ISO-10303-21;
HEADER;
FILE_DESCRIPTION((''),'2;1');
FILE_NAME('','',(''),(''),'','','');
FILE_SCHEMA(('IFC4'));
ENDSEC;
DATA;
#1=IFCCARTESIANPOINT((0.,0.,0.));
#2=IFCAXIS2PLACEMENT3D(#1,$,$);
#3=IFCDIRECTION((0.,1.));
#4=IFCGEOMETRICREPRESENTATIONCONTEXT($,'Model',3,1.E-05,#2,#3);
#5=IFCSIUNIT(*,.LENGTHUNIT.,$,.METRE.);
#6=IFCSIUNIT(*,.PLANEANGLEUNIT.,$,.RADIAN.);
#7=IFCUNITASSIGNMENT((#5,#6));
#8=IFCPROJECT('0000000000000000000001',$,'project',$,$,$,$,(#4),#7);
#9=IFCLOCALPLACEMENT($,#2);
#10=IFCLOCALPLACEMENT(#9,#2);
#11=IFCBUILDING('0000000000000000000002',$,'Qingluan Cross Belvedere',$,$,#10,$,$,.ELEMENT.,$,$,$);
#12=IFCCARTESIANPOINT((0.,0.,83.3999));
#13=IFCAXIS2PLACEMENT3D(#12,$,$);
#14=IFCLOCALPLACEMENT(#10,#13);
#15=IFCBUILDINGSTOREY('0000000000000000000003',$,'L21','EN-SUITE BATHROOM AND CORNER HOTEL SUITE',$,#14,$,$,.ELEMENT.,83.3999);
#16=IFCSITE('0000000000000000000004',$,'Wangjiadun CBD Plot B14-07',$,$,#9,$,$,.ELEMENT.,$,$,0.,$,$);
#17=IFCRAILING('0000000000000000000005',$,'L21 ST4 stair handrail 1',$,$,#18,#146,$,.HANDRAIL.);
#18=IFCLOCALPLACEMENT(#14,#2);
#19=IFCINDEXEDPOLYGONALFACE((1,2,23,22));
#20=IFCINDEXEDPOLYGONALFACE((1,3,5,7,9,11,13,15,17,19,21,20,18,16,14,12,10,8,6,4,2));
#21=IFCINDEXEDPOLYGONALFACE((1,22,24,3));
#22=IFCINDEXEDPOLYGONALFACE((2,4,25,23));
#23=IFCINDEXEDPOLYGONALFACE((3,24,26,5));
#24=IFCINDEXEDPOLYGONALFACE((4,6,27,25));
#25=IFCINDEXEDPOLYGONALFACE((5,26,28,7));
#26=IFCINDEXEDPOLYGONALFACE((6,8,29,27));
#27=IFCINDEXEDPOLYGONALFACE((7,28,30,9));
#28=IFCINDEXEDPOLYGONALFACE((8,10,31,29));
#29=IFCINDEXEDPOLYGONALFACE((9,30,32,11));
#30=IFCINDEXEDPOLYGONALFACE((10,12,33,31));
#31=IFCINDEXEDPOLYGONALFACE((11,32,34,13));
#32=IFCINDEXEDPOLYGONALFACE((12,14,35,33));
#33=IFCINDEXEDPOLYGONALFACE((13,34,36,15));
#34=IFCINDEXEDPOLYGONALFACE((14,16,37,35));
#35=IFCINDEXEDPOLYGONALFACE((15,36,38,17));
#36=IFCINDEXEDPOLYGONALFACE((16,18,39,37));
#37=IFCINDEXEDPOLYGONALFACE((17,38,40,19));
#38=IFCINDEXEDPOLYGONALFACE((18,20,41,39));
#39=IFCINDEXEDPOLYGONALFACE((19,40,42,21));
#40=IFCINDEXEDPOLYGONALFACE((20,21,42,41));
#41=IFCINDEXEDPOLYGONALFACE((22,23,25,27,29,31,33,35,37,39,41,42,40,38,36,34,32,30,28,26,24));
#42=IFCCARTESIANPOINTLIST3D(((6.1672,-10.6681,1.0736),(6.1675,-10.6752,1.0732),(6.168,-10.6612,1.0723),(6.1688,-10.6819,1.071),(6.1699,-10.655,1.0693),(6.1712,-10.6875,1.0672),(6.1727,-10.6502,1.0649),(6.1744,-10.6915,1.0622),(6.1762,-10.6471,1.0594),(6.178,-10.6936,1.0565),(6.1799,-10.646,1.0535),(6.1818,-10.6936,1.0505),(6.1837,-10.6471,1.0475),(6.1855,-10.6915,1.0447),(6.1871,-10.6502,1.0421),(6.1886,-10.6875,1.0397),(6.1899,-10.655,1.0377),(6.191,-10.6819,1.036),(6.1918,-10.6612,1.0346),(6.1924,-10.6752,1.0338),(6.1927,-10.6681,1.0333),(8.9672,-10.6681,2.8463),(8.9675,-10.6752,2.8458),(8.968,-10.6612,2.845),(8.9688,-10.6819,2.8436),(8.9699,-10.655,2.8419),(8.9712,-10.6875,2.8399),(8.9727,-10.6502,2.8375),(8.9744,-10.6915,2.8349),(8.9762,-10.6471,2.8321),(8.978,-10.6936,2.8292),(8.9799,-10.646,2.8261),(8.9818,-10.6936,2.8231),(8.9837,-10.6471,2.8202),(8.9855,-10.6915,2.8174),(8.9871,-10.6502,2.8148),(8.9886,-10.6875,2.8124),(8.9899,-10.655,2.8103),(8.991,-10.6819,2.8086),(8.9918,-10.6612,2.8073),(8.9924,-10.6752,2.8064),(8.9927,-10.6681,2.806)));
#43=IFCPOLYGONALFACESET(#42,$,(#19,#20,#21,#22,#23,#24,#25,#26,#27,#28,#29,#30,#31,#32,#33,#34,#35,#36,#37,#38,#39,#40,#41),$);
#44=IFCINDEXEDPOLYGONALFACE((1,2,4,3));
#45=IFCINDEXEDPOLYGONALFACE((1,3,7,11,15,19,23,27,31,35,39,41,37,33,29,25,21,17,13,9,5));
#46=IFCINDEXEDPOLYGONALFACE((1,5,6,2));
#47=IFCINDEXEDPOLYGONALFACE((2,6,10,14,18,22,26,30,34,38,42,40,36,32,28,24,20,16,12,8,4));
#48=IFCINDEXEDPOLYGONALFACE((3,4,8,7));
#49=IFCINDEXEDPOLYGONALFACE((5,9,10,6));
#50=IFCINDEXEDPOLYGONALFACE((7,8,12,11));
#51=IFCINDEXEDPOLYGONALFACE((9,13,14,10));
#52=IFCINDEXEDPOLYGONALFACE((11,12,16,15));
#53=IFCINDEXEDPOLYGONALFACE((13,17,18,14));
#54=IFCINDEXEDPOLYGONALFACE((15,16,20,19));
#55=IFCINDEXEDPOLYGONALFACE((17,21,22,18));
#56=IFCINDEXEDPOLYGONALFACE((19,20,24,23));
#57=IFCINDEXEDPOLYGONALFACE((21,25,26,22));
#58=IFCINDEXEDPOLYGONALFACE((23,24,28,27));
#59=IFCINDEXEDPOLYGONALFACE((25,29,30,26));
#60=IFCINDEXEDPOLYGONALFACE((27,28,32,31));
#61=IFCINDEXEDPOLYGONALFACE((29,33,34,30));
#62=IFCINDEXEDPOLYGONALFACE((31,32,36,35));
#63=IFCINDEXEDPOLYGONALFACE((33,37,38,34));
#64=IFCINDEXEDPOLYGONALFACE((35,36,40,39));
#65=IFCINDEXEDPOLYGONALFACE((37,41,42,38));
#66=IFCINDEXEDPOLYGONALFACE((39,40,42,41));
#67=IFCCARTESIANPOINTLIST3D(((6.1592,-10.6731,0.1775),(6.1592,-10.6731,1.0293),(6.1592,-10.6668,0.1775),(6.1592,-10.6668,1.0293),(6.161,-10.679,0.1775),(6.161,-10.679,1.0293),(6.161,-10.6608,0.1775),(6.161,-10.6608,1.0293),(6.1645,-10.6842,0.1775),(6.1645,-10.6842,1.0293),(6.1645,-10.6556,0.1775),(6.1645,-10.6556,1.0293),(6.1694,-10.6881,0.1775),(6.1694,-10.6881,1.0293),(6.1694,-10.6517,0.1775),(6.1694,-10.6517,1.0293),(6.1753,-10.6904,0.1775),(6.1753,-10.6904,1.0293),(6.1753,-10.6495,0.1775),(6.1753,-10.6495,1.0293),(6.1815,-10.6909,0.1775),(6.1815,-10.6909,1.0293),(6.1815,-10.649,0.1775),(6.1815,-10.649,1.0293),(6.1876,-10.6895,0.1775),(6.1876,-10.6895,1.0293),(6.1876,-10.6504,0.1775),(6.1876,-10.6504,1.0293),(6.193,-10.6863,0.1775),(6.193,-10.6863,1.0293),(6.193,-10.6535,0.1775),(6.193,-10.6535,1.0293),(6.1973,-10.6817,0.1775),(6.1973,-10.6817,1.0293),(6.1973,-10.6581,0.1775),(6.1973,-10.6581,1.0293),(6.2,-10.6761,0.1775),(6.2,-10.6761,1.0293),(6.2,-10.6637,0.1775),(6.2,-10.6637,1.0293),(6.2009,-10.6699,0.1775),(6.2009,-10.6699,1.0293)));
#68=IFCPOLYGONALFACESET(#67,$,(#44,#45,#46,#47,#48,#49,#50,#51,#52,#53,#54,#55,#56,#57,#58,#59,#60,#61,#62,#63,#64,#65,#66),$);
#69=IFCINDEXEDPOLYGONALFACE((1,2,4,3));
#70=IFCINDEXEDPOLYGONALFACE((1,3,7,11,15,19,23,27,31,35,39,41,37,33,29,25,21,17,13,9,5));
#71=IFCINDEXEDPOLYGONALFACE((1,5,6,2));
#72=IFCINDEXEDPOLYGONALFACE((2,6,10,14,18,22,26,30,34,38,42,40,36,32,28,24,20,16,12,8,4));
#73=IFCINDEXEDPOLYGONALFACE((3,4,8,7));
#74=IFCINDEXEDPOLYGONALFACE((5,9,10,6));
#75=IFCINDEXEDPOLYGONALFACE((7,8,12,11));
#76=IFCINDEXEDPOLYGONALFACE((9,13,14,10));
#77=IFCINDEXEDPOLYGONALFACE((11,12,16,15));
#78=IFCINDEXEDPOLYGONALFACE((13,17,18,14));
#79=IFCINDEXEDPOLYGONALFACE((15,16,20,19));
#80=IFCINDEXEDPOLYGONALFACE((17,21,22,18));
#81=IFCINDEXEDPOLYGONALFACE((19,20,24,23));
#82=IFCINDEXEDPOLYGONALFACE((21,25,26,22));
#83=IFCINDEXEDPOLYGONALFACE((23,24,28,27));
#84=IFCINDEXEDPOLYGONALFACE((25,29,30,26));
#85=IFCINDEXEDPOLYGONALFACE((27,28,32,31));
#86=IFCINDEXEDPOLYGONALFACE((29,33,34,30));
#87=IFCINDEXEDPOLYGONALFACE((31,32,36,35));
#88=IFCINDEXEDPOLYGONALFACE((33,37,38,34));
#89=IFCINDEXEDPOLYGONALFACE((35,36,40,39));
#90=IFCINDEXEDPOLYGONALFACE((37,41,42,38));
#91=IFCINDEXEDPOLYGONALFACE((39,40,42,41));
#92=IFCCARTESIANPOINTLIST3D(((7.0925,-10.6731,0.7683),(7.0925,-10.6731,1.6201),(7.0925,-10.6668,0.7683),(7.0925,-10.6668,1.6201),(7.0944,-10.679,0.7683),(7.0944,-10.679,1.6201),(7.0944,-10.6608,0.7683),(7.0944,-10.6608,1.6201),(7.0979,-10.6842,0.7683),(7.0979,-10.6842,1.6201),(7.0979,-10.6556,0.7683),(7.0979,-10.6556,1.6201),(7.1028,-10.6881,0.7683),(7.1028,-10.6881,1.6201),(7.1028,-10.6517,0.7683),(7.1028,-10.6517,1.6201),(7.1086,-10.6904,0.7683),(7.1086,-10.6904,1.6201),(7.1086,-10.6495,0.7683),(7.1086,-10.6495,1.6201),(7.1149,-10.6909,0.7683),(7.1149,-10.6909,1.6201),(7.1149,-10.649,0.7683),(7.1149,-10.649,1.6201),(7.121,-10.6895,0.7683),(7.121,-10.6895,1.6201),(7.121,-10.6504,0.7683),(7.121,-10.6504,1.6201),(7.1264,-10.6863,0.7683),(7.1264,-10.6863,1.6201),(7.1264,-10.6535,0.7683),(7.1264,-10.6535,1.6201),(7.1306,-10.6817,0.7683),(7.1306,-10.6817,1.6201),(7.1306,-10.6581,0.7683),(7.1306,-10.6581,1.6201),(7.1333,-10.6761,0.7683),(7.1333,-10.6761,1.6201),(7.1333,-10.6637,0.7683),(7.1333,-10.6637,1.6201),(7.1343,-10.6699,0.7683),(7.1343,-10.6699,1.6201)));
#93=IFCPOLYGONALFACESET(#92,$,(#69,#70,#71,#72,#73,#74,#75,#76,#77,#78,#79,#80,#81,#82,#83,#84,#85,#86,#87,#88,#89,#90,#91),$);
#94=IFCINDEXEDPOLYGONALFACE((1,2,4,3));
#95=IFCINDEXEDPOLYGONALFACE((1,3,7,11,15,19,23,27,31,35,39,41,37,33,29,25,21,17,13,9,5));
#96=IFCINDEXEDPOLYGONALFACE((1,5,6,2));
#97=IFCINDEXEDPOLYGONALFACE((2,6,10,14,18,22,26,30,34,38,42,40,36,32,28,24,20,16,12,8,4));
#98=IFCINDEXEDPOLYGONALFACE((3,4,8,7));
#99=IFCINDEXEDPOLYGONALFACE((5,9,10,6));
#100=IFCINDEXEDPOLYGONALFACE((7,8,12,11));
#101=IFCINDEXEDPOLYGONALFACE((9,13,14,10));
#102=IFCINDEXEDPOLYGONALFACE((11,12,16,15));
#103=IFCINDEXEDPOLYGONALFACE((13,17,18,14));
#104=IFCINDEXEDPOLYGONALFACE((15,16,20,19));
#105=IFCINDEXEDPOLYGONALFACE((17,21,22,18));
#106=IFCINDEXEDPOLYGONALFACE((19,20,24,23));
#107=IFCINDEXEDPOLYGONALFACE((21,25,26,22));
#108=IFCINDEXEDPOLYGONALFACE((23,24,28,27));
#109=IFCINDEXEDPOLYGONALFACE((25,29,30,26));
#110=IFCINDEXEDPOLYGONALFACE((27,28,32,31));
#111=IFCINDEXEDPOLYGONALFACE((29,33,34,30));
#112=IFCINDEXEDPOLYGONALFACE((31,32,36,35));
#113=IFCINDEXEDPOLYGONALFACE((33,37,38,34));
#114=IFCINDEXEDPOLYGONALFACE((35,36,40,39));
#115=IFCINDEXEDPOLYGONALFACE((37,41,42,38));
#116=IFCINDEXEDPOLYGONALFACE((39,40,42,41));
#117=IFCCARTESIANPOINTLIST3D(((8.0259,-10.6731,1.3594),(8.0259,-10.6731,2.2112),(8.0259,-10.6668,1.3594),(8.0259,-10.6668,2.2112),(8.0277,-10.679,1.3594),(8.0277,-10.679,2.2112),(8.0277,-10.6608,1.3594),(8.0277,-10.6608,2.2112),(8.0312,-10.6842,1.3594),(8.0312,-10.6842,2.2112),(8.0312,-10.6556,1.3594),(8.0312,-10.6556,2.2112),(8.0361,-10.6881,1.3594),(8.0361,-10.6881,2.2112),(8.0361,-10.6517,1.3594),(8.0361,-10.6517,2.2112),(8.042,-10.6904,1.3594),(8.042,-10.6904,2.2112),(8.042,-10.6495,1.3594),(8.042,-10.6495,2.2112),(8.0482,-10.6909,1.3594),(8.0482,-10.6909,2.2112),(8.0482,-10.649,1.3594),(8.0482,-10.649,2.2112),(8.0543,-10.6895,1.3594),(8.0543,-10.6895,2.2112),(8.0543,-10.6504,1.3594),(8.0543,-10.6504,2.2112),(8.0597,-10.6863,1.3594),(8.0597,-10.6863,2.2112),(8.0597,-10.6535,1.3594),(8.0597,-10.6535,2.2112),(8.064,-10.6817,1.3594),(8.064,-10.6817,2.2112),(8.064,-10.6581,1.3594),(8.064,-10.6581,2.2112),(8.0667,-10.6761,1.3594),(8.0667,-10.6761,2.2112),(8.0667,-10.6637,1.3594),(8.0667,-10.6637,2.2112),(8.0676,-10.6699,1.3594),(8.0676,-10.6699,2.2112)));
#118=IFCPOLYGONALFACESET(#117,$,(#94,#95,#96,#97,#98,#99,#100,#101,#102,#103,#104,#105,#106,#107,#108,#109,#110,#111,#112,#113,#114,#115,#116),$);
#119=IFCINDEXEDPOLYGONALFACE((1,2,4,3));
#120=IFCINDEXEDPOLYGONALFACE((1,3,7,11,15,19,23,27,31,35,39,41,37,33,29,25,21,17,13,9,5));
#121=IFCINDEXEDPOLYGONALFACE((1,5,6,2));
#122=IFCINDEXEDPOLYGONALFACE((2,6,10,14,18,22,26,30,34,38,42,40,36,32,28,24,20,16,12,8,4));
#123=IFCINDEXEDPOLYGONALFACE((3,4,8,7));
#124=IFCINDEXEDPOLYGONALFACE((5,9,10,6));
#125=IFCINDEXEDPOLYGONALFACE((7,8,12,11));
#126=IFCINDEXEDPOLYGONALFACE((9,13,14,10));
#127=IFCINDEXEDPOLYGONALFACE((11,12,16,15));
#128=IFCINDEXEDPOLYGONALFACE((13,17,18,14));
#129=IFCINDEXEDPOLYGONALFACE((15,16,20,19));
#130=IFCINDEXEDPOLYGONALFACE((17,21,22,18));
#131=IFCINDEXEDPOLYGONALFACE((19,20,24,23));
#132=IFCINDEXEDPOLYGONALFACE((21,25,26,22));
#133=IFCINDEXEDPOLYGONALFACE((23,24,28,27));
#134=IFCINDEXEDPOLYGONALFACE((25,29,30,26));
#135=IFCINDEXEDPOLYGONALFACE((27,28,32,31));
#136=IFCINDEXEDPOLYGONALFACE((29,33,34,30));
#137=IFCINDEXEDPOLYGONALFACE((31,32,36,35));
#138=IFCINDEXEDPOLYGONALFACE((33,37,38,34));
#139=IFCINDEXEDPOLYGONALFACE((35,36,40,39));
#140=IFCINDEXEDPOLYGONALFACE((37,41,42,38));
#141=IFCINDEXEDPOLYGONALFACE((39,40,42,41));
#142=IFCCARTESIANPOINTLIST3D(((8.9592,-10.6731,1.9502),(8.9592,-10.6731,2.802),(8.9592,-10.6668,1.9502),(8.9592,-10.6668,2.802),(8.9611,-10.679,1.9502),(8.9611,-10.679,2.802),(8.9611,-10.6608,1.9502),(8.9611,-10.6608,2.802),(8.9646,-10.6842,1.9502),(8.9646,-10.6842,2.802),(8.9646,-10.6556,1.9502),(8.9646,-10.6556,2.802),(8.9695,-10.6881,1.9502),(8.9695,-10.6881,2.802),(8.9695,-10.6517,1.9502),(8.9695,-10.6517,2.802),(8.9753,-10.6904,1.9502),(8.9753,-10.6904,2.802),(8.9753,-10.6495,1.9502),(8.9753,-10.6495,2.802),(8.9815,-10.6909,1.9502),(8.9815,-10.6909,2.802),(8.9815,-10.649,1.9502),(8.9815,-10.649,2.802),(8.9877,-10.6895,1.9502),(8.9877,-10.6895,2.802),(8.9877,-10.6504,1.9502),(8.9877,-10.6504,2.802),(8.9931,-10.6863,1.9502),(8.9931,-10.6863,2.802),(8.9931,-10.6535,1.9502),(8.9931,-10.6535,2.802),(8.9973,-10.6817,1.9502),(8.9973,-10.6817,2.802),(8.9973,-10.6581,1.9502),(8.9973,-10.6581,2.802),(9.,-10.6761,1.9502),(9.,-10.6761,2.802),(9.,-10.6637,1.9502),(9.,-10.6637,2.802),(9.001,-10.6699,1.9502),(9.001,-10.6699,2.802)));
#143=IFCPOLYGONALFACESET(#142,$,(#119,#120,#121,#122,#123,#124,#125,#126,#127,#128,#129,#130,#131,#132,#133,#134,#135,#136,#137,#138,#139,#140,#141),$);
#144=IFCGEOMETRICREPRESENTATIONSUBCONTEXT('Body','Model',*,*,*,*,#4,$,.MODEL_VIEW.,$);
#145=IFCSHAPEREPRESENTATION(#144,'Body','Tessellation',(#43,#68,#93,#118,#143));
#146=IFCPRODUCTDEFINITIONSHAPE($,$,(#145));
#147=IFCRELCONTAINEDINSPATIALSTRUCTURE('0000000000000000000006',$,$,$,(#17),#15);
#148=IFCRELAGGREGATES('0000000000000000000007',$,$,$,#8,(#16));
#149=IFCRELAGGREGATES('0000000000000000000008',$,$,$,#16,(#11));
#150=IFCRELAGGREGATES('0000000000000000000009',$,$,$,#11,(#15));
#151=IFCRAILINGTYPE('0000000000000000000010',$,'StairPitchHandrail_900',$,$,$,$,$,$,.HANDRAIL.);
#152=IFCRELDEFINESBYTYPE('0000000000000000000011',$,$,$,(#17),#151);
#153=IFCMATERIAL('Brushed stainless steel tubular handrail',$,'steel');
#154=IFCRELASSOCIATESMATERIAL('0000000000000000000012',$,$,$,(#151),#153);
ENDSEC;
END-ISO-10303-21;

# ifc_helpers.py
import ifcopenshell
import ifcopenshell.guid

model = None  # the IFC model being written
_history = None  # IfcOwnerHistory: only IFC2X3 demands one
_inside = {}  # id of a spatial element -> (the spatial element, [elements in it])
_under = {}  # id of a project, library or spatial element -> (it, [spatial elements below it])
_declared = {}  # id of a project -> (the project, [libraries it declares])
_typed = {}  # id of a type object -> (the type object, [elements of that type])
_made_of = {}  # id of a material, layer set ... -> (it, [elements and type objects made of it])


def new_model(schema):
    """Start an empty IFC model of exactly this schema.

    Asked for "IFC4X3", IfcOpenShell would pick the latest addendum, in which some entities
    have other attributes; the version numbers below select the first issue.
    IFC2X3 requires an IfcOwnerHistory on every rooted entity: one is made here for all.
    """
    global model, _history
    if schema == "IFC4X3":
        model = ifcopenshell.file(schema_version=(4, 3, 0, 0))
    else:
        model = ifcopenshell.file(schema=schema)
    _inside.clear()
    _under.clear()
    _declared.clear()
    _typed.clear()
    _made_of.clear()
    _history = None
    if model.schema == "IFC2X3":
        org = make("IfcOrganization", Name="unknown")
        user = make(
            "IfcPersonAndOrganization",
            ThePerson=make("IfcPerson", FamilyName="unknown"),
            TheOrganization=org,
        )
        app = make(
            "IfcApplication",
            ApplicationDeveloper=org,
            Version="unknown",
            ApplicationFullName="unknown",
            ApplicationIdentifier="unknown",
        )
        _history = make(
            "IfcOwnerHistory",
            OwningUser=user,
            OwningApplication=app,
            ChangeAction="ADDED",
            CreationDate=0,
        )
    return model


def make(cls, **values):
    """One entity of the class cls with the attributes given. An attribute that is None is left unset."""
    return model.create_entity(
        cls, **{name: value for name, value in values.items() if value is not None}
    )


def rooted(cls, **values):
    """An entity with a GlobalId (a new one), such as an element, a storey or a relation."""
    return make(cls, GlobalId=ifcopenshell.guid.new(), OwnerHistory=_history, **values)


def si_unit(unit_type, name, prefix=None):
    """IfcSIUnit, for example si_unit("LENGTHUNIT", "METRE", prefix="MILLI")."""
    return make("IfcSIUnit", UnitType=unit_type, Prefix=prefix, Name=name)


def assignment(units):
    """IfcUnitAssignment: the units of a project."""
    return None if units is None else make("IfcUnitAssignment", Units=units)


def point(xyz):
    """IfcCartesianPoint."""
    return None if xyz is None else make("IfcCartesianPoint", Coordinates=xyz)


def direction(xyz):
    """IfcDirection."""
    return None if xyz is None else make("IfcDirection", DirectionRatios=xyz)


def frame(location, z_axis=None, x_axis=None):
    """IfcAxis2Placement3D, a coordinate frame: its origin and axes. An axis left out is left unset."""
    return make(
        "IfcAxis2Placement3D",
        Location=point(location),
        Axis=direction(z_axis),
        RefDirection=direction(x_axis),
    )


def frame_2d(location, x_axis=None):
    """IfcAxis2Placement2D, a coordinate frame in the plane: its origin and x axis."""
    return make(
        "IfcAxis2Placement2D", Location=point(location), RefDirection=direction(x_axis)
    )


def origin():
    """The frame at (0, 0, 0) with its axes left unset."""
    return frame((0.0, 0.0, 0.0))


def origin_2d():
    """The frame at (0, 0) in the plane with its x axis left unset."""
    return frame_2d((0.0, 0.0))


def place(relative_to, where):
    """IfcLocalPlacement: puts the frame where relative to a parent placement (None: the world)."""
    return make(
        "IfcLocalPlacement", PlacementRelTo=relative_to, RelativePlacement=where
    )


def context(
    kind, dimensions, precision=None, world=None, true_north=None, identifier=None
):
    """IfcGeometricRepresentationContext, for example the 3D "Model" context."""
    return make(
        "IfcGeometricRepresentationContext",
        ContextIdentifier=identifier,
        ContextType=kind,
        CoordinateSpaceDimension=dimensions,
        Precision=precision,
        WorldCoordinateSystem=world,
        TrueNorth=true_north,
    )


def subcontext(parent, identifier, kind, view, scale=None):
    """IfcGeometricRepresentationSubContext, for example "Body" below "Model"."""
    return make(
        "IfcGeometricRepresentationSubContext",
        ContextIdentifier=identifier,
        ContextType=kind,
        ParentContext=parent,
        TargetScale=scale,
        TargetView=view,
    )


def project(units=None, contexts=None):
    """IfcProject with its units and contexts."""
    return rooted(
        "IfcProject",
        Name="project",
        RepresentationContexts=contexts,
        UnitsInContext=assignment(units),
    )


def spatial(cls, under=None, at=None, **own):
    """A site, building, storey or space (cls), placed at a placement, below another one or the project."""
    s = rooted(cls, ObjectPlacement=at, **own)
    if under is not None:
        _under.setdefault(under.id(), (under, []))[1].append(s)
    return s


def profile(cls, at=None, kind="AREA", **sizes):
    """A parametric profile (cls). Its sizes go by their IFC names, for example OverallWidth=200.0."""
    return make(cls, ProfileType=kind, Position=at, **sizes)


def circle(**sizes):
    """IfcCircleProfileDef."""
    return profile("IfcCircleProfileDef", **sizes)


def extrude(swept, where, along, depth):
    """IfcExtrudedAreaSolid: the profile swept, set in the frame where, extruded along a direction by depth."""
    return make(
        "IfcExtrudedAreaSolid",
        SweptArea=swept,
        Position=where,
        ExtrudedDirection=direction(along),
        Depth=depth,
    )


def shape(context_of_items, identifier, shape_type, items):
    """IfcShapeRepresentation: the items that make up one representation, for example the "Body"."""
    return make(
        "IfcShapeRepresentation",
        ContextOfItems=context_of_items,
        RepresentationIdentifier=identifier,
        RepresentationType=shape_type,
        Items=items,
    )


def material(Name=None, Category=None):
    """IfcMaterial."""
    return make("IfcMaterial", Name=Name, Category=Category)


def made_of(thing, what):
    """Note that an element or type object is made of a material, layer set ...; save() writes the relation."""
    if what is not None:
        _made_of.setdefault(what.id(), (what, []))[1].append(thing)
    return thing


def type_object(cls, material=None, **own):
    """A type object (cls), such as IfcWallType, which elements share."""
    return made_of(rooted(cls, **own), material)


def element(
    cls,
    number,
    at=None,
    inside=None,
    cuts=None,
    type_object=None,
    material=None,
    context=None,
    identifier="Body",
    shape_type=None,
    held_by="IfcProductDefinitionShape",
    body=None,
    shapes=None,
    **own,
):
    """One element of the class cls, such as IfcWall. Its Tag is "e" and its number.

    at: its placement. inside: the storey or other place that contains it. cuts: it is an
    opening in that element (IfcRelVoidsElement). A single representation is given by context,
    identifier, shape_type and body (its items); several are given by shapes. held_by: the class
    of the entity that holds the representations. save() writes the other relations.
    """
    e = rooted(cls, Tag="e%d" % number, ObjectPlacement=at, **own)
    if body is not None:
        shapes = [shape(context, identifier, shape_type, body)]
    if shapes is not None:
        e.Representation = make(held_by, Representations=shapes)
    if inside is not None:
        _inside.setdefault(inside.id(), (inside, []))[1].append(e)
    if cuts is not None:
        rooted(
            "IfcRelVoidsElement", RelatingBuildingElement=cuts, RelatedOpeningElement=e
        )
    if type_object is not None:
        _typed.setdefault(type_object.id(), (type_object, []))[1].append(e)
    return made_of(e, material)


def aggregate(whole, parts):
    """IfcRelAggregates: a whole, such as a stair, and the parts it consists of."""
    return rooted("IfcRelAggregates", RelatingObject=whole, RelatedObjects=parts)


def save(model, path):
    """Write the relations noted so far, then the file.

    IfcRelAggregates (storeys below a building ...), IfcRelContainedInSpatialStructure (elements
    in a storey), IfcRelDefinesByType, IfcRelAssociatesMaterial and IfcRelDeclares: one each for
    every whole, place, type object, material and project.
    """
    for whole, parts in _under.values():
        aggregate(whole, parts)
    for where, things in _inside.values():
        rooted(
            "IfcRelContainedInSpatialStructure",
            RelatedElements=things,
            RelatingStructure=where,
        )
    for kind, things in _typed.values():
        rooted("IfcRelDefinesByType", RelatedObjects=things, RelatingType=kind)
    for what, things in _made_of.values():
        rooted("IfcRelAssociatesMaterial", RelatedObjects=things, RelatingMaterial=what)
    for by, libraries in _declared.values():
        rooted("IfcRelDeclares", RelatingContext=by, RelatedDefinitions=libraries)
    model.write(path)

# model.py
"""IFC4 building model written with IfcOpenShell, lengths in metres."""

from ifc_helpers import new_model, si_unit, direction, frame, origin, origin_2d, place, context, subcontext, project, spatial, circle, extrude, material, type_object, element, save


model = new_model("IFC4")

# Units and contexts
model_context = context("Model", 3, precision=1e-05, world=origin(), true_north=direction((0.0, 1.0)))
body_context = subcontext(model_context, "Body", "Model", "MODEL_VIEW")
ifc_project = project(units=[si_unit("LENGTHUNIT", "METRE"), si_unit("PLANEANGLEUNIT", "RADIAN")], contexts=[model_context])

# Site, building, storey
site_placement = place(None, origin())
site = spatial("IfcSite", under=ifc_project, at=site_placement, Name="Wangjiadun CBD Plot B14-07", CompositionType="ELEMENT", RefElevation=0.0)
building_placement = place(site_placement, origin())
building = spatial("IfcBuilding", under=site, at=building_placement, Name="Qingluan Cross Belvedere", CompositionType="ELEMENT")
storey_placement = place(building_placement, frame((0.0, 0.0, 83.3999)))
storey = spatial("IfcBuildingStorey", under=building, at=storey_placement, Name="L21", Description="EN-SUITE BATHROOM AND CORNER HOTEL SUITE", CompositionType="ELEMENT", Elevation=83.3999)

# Railing
ifc_material_1 = material(Name="Brushed stainless steel tubular handrail", Category="steel")
railing_type_1 = type_object("IfcRailingType", Name="StairPitchHandrail_900", PredefinedType="HANDRAIL", material=ifc_material_1)
for number, where, name in (
    (1, (6.1799, -10.6699, 0.1775), "L21 ST4 stair handrail 1"),
):
    element("IfcRailing", number, at=place(storey_placement, frame(where)), inside=storey, type_object=railing_type_1, Name=name, PredefinedType="HANDRAIL", context=body_context, shape_type="SweptSolid", body=[
        extrude(circle(Radius=0.0239, at=origin_2d()), frame((0.0, 0.0, 0.876), z_axis=(0.844909, 0.0, 0.53491), x_axis=(0.0, 1.0, 0.0)), (0.0, 0.0, 1.0), 3.314),
        extrude(circle(Radius=0.021, at=origin_2d()), origin(), (0.0, 0.0, 1.0), 0.8518),
        extrude(circle(Radius=0.021, at=origin_2d()), frame((0.9333, 0.0, 0.5908)), (0.0, 0.0, 1.0), 0.8518),
        extrude(circle(Radius=0.021, at=origin_2d()), frame((1.8667, 0.0, 1.1819)), (0.0, 0.0, 1.0), 0.8518),
        extrude(circle(Radius=0.021, at=origin_2d()), frame((2.8, 0.0, 1.7727)), (0.0, 0.0, 1.0), 0.8518),
    ])

save(model, "model.ifc")
